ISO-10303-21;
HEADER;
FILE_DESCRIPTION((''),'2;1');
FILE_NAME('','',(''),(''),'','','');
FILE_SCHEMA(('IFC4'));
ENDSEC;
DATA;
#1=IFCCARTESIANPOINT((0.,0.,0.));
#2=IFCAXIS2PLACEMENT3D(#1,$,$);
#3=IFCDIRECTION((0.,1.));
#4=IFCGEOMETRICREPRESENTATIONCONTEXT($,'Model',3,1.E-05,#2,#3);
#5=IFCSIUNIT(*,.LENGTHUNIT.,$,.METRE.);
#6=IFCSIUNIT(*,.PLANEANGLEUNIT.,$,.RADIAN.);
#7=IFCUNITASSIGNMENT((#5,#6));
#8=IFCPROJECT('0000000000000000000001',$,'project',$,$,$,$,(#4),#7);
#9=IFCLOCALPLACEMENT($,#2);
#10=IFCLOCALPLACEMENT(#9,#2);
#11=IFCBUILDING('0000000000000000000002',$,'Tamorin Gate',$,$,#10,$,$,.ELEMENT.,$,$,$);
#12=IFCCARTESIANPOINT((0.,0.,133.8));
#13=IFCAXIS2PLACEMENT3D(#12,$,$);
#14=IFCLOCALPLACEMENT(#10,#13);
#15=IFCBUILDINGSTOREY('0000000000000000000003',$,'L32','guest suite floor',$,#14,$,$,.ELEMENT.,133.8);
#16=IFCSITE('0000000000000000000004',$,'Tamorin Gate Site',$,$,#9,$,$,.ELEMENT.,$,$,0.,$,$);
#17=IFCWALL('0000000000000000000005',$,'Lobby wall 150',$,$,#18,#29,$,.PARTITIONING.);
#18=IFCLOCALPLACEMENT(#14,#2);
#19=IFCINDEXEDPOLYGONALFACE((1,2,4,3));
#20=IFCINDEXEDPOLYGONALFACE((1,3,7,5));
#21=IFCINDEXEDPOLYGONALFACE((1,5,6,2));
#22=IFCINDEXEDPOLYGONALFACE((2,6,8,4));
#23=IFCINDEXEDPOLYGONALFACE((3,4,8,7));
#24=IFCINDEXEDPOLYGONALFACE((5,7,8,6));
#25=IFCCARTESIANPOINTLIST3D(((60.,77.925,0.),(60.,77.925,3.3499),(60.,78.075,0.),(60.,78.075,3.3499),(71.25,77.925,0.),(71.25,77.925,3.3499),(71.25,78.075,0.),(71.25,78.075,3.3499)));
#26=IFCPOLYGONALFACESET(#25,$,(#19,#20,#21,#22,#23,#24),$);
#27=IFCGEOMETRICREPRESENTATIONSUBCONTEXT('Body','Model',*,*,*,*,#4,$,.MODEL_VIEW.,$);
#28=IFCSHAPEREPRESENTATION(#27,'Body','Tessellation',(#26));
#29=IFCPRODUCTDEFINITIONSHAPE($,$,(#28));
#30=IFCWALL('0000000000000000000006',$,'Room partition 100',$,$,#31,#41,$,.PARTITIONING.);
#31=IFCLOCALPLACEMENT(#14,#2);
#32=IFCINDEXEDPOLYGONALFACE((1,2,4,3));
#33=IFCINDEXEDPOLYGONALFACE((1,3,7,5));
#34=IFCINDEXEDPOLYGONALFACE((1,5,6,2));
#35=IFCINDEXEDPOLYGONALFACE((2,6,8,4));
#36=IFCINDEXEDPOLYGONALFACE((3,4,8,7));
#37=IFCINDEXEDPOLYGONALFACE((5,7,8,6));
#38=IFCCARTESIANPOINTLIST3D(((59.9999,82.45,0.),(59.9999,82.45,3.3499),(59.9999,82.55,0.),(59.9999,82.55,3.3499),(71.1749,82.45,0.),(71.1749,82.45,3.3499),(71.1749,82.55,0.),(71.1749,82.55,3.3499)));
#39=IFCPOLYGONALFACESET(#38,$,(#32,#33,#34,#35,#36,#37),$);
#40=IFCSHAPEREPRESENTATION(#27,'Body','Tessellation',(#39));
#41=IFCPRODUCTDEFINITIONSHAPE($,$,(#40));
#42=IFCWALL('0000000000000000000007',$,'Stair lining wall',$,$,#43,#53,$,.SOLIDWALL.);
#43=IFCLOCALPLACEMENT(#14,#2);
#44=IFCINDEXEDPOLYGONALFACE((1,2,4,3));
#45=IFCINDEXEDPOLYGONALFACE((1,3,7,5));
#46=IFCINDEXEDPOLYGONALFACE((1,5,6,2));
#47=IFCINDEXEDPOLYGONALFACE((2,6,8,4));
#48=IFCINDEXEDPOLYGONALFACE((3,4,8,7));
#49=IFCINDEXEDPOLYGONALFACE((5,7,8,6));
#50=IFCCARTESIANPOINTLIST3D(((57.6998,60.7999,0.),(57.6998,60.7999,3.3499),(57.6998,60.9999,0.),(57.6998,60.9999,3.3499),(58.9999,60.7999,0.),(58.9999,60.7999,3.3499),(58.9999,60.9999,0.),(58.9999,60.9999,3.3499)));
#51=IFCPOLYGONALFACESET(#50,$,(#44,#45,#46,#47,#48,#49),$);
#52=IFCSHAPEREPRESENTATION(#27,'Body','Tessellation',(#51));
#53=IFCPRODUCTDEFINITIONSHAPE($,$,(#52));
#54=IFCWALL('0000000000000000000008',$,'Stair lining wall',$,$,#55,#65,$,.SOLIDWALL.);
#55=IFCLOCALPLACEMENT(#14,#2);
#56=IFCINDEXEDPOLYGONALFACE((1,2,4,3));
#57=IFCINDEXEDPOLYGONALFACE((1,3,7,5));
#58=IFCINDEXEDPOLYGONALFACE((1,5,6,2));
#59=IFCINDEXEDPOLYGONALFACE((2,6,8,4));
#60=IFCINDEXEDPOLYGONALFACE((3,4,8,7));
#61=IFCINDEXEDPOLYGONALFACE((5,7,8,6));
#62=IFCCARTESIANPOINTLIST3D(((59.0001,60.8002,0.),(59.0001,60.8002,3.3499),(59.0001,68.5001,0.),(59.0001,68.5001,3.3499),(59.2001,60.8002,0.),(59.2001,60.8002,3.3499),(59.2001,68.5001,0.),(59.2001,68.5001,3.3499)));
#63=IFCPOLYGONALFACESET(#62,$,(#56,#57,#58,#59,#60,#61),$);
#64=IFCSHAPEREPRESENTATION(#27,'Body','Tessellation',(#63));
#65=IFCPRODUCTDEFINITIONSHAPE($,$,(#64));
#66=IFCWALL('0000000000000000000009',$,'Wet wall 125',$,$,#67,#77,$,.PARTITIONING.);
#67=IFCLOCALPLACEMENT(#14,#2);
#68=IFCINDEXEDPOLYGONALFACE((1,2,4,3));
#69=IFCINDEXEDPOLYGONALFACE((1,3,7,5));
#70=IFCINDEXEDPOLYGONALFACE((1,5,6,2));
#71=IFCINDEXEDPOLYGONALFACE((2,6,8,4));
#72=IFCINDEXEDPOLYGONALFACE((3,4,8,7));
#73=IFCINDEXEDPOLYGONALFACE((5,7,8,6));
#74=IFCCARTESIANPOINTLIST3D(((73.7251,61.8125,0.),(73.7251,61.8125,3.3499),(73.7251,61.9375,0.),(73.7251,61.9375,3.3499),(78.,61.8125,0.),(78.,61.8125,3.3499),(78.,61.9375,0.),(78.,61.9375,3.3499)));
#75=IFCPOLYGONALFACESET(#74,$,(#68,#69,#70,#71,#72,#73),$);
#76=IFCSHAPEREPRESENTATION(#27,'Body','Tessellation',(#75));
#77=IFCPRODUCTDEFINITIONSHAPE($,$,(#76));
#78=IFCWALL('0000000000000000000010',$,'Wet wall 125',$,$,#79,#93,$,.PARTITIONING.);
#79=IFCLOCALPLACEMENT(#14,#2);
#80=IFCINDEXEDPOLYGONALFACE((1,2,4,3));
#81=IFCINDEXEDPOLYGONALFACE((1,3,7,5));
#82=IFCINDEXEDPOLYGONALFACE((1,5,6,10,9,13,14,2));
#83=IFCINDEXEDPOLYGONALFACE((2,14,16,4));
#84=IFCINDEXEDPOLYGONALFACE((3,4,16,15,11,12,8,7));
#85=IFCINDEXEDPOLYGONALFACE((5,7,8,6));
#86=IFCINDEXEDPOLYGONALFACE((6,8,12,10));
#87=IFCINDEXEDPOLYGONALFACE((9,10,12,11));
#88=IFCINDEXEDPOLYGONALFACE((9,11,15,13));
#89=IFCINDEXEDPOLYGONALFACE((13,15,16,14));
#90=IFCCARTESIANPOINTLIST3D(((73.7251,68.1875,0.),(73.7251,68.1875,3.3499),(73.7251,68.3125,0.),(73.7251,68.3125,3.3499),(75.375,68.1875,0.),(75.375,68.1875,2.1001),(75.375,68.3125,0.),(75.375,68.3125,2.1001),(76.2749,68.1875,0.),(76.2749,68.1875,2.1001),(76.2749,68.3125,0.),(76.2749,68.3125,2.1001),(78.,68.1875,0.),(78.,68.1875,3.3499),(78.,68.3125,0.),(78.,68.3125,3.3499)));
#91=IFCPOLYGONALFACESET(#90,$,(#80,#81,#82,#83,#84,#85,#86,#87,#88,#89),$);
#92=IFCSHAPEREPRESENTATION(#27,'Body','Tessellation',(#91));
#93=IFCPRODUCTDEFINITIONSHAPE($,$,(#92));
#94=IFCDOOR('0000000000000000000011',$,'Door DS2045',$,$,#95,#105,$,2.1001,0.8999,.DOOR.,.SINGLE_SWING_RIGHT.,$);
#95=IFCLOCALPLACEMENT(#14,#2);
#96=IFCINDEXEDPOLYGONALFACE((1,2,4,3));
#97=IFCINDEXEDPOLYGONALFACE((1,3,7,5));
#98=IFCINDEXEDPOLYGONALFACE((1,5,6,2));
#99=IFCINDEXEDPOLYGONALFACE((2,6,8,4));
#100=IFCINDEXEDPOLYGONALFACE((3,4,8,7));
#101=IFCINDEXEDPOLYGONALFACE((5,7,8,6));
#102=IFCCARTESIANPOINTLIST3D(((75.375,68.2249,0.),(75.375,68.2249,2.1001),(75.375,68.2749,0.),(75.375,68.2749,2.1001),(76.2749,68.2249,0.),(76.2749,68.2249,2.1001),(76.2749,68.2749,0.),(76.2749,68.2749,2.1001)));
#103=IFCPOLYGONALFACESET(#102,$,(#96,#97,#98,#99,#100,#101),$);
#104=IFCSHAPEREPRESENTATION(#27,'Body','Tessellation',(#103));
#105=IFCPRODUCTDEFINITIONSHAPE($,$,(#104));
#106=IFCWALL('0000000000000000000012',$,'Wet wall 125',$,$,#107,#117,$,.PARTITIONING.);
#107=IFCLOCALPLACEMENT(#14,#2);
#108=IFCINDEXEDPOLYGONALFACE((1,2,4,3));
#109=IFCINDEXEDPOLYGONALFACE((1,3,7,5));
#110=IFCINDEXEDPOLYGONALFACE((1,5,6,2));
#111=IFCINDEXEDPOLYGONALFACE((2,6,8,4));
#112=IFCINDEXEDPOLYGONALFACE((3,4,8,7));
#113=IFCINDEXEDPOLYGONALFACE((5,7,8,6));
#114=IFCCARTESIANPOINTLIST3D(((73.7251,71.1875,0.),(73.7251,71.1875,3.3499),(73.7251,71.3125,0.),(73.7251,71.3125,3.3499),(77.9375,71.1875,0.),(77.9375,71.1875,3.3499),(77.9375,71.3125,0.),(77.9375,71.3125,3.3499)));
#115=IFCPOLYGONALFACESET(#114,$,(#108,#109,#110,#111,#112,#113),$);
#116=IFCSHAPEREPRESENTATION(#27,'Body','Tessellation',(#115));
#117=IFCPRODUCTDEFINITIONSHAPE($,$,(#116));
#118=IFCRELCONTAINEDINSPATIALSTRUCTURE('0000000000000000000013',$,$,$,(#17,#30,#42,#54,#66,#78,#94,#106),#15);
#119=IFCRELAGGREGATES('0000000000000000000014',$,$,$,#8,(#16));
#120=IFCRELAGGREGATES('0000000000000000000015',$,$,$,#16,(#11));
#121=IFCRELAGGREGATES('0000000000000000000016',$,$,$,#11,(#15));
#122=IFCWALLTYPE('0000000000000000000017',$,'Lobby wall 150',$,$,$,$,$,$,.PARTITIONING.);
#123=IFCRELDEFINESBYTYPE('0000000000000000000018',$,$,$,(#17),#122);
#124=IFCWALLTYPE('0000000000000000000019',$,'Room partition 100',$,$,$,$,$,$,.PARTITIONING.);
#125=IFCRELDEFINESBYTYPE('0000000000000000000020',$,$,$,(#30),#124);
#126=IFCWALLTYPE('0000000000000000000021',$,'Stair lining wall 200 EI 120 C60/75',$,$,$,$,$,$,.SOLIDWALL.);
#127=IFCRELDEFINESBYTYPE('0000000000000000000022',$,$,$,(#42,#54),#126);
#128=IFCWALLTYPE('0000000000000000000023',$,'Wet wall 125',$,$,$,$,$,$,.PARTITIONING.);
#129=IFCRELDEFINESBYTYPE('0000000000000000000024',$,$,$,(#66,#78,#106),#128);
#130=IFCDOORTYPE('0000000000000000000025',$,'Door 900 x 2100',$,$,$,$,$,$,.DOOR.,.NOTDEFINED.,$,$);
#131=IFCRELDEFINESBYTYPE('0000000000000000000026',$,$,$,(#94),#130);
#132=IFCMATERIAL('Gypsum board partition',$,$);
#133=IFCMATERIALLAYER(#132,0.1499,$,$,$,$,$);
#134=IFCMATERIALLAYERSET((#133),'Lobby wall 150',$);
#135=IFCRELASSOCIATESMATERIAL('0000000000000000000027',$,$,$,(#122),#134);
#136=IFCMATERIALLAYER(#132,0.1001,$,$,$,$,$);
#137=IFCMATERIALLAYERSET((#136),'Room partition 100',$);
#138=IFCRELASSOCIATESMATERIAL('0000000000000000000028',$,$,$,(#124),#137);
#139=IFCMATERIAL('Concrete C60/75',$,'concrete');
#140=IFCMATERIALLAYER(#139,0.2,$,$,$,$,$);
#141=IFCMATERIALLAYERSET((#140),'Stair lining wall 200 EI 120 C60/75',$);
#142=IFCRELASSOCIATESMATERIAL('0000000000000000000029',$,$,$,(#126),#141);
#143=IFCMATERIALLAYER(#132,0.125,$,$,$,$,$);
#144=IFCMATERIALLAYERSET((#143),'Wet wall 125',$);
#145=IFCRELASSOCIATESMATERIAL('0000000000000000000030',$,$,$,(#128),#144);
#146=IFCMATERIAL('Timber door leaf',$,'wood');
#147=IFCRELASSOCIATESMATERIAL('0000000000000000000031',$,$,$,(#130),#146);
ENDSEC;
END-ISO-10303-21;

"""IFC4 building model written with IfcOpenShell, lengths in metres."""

from ifc_helpers import new_model, si_unit, direction, frame, frame_2d, origin, place, context, subcontext, project, spatial, rectangle, extrude, material, layer, layer_set, type_object, element, fill, save


model = new_model("IFC4")

# Units and contexts
model_context = context("Model", 3, precision=1e-05, world=origin(), true_north=direction((0.0, 1.0)))
body_context = subcontext(model_context, "Body", "Model", "MODEL_VIEW")
ifc_project = project(units=[si_unit("LENGTHUNIT", "METRE"), si_unit("PLANEANGLEUNIT", "RADIAN")], contexts=[model_context])

# Site, building, storey
site_placement = place(None, origin())
site = spatial("IfcSite", under=ifc_project, at=site_placement, Name="Tamorin Gate Site", CompositionType="ELEMENT", RefElevation=0.0)
building_placement = place(site_placement, origin())
building = spatial("IfcBuilding", under=site, at=building_placement, Name="Tamorin Gate", CompositionType="ELEMENT")
storey_placement = place(building_placement, frame((0.0, 0.0, 133.8)))
storey = spatial("IfcBuildingStorey", under=building, at=storey_placement, Name="L32", Description="guest suite floor", CompositionType="ELEMENT", Elevation=133.8)

# Shared definitions
ifc_material_1 = material(Name="Concrete C60/75", Category="concrete")

# Shared definitions
ifc_material_2 = material(Name="Gypsum board partition")
ifc_material_3 = material(Name="Timber door leaf", Category="wood")

# Walls
ifc_layer_1 = layer(ifc_material_2, 0.1499)
ifc_layer_set_1 = layer_set([ifc_layer_1], Name="Lobby wall 150")
wall_type_1 = type_object("IfcWallType", Name="Lobby wall 150", PredefinedType="PARTITIONING", material=ifc_layer_set_1)
for number, where, z_axis, x_axis, name in (
    (1, (60.0, 78.0, 0.0), (0.0, 0.0, 1.0), (1.0, 0.0, 0.0), "Lobby wall 150"),
):
    element("IfcWall", number, at=place(storey_placement, frame(where, z_axis=z_axis, x_axis=x_axis)), inside=storey, type_object=wall_type_1, Name=name, PredefinedType="PARTITIONING", context=body_context, shape_type="SweptSolid", body=[
        extrude(rectangle(XDim=11.25, YDim=0.1499, at=frame_2d((5.625, 0.0))), origin(), (0.0, 0.0, 1.0), 3.3499),
    ])
ifc_layer_2 = layer(ifc_material_2, 0.1001)
ifc_layer_set_2 = layer_set([ifc_layer_2], Name="Room partition 100")
wall_type_2 = type_object("IfcWallType", Name="Room partition 100", PredefinedType="PARTITIONING", material=ifc_layer_set_2)
wall_1_placement = place(storey_placement, frame((60.0, 82.5, 0.0), z_axis=(0.0, 0.0, 1.0), x_axis=(1.0, 0.0, 0.0)))
element("IfcWall", 2, at=wall_1_placement, inside=storey, type_object=wall_type_2, Name="Room partition 100", PredefinedType="PARTITIONING", context=body_context, shape_type="SweptSolid", body=[
    extrude(rectangle(XDim=11.175, YDim=0.1001, at=frame_2d((5.5874, 0.0))), origin(), (0.0, 0.0, 1.0), 3.3499),
])
ifc_layer_3 = layer(ifc_material_1, 0.2)
ifc_layer_set_3 = layer_set([ifc_layer_3], Name="Stair lining wall 200 EI 120 C60/75")
wall_type_3 = type_object("IfcWallType", Name="Stair lining wall 200 EI 120 C60/75", PredefinedType="SOLIDWALL", material=ifc_layer_set_3)
wall_2_placement = place(storey_placement, frame((57.7, 60.8999, 0.0), z_axis=(0.0, 0.0, 1.0), x_axis=(1.0, 0.0, 0.0)))
element("IfcWall", 3, at=wall_2_placement, inside=storey, type_object=wall_type_3, Name="Stair lining wall", PredefinedType="SOLIDWALL", context=body_context, shape_type="SweptSolid", body=[
    extrude(rectangle(XDim=1.3, YDim=0.2, at=frame_2d((0.6499, 0.0))), origin(), (0.0, 0.0, 1.0), 3.3499),
])
wall_3_placement = place(storey_placement, frame((59.1001, 60.8, 0.0), z_axis=(0.0, 0.0, 1.0), x_axis=(0.0, 1.0, 0.0)))
element("IfcWall", 4, at=wall_3_placement, inside=storey, type_object=wall_type_3, Name="Stair lining wall", PredefinedType="SOLIDWALL", context=body_context, shape_type="SweptSolid", body=[
    extrude(rectangle(XDim=7.7, YDim=0.2, at=frame_2d((3.8501, 0.0))), origin(), (0.0, 0.0, 1.0), 3.3499),
])
ifc_layer_4 = layer(ifc_material_2, 0.125)
ifc_layer_set_4 = layer_set([ifc_layer_4], Name="Wet wall 125")
wall_type_4 = type_object("IfcWallType", Name="Wet wall 125", PredefinedType="PARTITIONING", material=ifc_layer_set_4)
wall_4_placement = place(storey_placement, frame((73.7251, 61.875, 0.0), z_axis=(0.0, 0.0, 1.0), x_axis=(1.0, 0.0, 0.0)))
element("IfcWall", 5, at=wall_4_placement, inside=storey, type_object=wall_type_4, Name="Wet wall 125", PredefinedType="PARTITIONING", context=body_context, shape_type="SweptSolid", body=[
    extrude(rectangle(XDim=4.2749, YDim=0.125, at=frame_2d((2.1375, 0.0))), origin(), (0.0, 0.0, 1.0), 3.3499),
])

# Wall, opening, door
wall_5_placement = place(storey_placement, frame((73.7251, 68.25, 0.0), z_axis=(0.0, 0.0, 1.0), x_axis=(1.0, 0.0, 0.0)))
wall_5 = element("IfcWall", 6, at=wall_5_placement, inside=storey, type_object=wall_type_4, Name="Wet wall 125", PredefinedType="PARTITIONING", context=body_context, shape_type="SweptSolid", body=[
    extrude(rectangle(XDim=4.2749, YDim=0.125, at=frame_2d((2.1375, 0.0))), origin(), (0.0, 0.0, 1.0), 3.3499),
])
opening_1_placement = place(wall_5_placement, frame((1.6499, 0.0, 0.0)))
opening_1 = element("IfcOpeningElement", 7, at=opening_1_placement, cuts=wall_5, PredefinedType="OPENING", context=body_context, shape_type="SweptSolid", body=[
    extrude(rectangle(XDim=0.8999, YDim=2.1001, at=frame_2d((0.45, 1.05))), frame((0.0, 0.0725, 0.0), z_axis=(0.0, -1.0, 0.0), x_axis=(1.0, 0.0, 0.0)), (0.0, 0.0, 1.0), 0.145),
])
door_type_1 = type_object("IfcDoorType", Name="Door 900 x 2100", OperationType="NOTDEFINED", PredefinedType="DOOR", material=ifc_material_3)
door_1_placement = place(opening_1_placement, origin())
door_1 = element("IfcDoor", 8, at=door_1_placement, inside=storey, type_object=door_type_1, Name="Door DS2045", OperationType="SINGLE_SWING_RIGHT", OverallHeight=2.1001, OverallWidth=0.8999, PredefinedType="DOOR", context=body_context, shape_type="SweptSolid", body=[
    extrude(rectangle(XDim=0.8999, YDim=2.1001, at=frame_2d((0.45, 1.05))), frame((0.0, 0.0249, 0.0), z_axis=(0.0, -1.0, 0.0), x_axis=(1.0, 0.0, 0.0)), (0.0, 0.0, 1.0), 0.05),
])
fill(opening_1, door_1)

# Wall
wall_6_placement = place(storey_placement, frame((73.7251, 71.25, 0.0), z_axis=(0.0, 0.0, 1.0), x_axis=(1.0, 0.0, 0.0)))
element("IfcWall", 9, at=wall_6_placement, inside=storey, type_object=wall_type_4, Name="Wet wall 125", PredefinedType="PARTITIONING", context=body_context, shape_type="SweptSolid", body=[
    extrude(rectangle(XDim=4.2124, YDim=0.125, at=frame_2d((2.1062, 0.0))), origin(), (0.0, 0.0, 1.0), 3.3499),
])

save(model, "model.ifc")
